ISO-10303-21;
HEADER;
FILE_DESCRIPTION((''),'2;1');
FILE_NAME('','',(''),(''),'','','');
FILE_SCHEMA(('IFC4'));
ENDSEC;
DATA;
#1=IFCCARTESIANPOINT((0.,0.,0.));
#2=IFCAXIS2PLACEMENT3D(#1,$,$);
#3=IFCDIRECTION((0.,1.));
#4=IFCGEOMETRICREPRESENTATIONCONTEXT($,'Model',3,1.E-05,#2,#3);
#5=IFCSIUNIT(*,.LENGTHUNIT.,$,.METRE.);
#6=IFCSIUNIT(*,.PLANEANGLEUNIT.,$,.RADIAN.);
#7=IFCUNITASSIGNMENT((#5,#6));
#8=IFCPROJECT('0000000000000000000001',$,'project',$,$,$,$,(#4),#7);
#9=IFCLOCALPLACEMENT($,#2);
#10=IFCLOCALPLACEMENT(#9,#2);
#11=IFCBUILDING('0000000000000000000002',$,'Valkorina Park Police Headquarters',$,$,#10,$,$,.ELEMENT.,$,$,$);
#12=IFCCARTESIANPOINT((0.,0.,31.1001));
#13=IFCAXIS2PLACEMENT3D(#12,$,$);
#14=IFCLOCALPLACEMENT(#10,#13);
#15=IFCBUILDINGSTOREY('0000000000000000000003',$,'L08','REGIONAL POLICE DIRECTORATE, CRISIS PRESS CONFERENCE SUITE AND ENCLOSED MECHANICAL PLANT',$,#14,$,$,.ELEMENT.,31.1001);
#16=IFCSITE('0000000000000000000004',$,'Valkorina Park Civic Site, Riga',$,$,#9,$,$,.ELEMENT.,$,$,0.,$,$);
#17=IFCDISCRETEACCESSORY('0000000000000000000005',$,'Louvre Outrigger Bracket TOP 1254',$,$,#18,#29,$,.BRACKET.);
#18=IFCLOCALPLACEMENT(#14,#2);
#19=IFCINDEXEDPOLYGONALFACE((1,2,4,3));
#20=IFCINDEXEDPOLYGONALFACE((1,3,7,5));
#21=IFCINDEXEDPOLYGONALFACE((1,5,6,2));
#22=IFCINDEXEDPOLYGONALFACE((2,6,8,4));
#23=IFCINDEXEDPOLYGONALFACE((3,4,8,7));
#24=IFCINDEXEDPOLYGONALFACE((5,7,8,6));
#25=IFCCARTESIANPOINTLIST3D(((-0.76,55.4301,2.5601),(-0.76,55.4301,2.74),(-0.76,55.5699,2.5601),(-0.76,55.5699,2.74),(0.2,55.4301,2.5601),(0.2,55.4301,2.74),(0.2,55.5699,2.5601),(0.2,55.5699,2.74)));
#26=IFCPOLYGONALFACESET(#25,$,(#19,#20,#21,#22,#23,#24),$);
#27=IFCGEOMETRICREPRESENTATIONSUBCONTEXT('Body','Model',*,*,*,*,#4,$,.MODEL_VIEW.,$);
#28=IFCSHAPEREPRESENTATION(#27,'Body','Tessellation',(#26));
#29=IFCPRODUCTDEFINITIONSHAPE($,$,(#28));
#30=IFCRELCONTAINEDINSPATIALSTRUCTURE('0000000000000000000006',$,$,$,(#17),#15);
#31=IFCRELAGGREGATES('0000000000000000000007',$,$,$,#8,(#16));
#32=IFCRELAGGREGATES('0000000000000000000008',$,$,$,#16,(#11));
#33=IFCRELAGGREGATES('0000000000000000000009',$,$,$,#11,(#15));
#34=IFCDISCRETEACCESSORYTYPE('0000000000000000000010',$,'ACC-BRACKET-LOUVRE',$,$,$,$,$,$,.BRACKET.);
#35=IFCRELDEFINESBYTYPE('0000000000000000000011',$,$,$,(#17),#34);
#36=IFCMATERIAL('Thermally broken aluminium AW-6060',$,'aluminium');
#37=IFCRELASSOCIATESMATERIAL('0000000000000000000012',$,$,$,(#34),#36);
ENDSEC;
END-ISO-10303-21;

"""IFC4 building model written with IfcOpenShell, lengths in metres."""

from ifc_helpers import new_model, si_unit, direction, frame, origin, origin_2d, place, context, subcontext, project, spatial, rectangle, extrude, material, type_object, element, save


model = new_model("IFC4")

# Units and contexts
model_context = context("Model", 3, precision=1e-05, world=origin(), true_north=direction((0.0, 1.0)))
body_context = subcontext(model_context, "Body", "Model", "MODEL_VIEW")
ifc_project = project(units=[si_unit("LENGTHUNIT", "METRE"), si_unit("PLANEANGLEUNIT", "RADIAN")], contexts=[model_context])

# Site, building, storey
site_placement = place(None, origin())
site = spatial("IfcSite", under=ifc_project, at=site_placement, Name="Valkorina Park Civic Site, Riga", CompositionType="ELEMENT", RefElevation=0.0)
building_placement = place(site_placement, origin())
building = spatial("IfcBuilding", under=site, at=building_placement, Name="Valkorina Park Police Headquarters", CompositionType="ELEMENT")
storey_placement = place(building_placement, frame((0.0, 0.0, 31.1001)))
storey = spatial("IfcBuildingStorey", under=building, at=storey_placement, Name="L08", Description="REGIONAL POLICE DIRECTORATE, CRISIS PRESS CONFERENCE SUITE AND ENCLOSED MECHANICAL PLANT", CompositionType="ELEMENT", Elevation=31.1001)

# Shared definitions
ifc_material_1 = material(Name="Thermally broken aluminium AW-6060", Category="aluminium")

# Discrete accessory
discrete_accessory_type = type_object("IfcDiscreteAccessoryType", Name="ACC-BRACKET-LOUVRE", PredefinedType="BRACKET", material=ifc_material_1)
for number, where, z_axis, x_axis, name in (
    (1, (-0.28, 55.5, 2.5601), (0.0, 0.0, 1.0), (-1.0, 0.0, 0.0), "Louvre Outrigger Bracket TOP 1254"),
):
    element("IfcDiscreteAccessory", number, at=place(storey_placement, frame(where, z_axis=z_axis, x_axis=x_axis)), inside=storey, type_object=discrete_accessory_type, Name=name, PredefinedType="BRACKET", context=body_context, shape_type="SweptSolid", body=[
        extrude(rectangle(XDim=0.96, YDim=0.1399, at=origin_2d()), origin(), (0.0, 0.0, 1.0), 0.1799),
    ])

save(model, "model.ifc")
